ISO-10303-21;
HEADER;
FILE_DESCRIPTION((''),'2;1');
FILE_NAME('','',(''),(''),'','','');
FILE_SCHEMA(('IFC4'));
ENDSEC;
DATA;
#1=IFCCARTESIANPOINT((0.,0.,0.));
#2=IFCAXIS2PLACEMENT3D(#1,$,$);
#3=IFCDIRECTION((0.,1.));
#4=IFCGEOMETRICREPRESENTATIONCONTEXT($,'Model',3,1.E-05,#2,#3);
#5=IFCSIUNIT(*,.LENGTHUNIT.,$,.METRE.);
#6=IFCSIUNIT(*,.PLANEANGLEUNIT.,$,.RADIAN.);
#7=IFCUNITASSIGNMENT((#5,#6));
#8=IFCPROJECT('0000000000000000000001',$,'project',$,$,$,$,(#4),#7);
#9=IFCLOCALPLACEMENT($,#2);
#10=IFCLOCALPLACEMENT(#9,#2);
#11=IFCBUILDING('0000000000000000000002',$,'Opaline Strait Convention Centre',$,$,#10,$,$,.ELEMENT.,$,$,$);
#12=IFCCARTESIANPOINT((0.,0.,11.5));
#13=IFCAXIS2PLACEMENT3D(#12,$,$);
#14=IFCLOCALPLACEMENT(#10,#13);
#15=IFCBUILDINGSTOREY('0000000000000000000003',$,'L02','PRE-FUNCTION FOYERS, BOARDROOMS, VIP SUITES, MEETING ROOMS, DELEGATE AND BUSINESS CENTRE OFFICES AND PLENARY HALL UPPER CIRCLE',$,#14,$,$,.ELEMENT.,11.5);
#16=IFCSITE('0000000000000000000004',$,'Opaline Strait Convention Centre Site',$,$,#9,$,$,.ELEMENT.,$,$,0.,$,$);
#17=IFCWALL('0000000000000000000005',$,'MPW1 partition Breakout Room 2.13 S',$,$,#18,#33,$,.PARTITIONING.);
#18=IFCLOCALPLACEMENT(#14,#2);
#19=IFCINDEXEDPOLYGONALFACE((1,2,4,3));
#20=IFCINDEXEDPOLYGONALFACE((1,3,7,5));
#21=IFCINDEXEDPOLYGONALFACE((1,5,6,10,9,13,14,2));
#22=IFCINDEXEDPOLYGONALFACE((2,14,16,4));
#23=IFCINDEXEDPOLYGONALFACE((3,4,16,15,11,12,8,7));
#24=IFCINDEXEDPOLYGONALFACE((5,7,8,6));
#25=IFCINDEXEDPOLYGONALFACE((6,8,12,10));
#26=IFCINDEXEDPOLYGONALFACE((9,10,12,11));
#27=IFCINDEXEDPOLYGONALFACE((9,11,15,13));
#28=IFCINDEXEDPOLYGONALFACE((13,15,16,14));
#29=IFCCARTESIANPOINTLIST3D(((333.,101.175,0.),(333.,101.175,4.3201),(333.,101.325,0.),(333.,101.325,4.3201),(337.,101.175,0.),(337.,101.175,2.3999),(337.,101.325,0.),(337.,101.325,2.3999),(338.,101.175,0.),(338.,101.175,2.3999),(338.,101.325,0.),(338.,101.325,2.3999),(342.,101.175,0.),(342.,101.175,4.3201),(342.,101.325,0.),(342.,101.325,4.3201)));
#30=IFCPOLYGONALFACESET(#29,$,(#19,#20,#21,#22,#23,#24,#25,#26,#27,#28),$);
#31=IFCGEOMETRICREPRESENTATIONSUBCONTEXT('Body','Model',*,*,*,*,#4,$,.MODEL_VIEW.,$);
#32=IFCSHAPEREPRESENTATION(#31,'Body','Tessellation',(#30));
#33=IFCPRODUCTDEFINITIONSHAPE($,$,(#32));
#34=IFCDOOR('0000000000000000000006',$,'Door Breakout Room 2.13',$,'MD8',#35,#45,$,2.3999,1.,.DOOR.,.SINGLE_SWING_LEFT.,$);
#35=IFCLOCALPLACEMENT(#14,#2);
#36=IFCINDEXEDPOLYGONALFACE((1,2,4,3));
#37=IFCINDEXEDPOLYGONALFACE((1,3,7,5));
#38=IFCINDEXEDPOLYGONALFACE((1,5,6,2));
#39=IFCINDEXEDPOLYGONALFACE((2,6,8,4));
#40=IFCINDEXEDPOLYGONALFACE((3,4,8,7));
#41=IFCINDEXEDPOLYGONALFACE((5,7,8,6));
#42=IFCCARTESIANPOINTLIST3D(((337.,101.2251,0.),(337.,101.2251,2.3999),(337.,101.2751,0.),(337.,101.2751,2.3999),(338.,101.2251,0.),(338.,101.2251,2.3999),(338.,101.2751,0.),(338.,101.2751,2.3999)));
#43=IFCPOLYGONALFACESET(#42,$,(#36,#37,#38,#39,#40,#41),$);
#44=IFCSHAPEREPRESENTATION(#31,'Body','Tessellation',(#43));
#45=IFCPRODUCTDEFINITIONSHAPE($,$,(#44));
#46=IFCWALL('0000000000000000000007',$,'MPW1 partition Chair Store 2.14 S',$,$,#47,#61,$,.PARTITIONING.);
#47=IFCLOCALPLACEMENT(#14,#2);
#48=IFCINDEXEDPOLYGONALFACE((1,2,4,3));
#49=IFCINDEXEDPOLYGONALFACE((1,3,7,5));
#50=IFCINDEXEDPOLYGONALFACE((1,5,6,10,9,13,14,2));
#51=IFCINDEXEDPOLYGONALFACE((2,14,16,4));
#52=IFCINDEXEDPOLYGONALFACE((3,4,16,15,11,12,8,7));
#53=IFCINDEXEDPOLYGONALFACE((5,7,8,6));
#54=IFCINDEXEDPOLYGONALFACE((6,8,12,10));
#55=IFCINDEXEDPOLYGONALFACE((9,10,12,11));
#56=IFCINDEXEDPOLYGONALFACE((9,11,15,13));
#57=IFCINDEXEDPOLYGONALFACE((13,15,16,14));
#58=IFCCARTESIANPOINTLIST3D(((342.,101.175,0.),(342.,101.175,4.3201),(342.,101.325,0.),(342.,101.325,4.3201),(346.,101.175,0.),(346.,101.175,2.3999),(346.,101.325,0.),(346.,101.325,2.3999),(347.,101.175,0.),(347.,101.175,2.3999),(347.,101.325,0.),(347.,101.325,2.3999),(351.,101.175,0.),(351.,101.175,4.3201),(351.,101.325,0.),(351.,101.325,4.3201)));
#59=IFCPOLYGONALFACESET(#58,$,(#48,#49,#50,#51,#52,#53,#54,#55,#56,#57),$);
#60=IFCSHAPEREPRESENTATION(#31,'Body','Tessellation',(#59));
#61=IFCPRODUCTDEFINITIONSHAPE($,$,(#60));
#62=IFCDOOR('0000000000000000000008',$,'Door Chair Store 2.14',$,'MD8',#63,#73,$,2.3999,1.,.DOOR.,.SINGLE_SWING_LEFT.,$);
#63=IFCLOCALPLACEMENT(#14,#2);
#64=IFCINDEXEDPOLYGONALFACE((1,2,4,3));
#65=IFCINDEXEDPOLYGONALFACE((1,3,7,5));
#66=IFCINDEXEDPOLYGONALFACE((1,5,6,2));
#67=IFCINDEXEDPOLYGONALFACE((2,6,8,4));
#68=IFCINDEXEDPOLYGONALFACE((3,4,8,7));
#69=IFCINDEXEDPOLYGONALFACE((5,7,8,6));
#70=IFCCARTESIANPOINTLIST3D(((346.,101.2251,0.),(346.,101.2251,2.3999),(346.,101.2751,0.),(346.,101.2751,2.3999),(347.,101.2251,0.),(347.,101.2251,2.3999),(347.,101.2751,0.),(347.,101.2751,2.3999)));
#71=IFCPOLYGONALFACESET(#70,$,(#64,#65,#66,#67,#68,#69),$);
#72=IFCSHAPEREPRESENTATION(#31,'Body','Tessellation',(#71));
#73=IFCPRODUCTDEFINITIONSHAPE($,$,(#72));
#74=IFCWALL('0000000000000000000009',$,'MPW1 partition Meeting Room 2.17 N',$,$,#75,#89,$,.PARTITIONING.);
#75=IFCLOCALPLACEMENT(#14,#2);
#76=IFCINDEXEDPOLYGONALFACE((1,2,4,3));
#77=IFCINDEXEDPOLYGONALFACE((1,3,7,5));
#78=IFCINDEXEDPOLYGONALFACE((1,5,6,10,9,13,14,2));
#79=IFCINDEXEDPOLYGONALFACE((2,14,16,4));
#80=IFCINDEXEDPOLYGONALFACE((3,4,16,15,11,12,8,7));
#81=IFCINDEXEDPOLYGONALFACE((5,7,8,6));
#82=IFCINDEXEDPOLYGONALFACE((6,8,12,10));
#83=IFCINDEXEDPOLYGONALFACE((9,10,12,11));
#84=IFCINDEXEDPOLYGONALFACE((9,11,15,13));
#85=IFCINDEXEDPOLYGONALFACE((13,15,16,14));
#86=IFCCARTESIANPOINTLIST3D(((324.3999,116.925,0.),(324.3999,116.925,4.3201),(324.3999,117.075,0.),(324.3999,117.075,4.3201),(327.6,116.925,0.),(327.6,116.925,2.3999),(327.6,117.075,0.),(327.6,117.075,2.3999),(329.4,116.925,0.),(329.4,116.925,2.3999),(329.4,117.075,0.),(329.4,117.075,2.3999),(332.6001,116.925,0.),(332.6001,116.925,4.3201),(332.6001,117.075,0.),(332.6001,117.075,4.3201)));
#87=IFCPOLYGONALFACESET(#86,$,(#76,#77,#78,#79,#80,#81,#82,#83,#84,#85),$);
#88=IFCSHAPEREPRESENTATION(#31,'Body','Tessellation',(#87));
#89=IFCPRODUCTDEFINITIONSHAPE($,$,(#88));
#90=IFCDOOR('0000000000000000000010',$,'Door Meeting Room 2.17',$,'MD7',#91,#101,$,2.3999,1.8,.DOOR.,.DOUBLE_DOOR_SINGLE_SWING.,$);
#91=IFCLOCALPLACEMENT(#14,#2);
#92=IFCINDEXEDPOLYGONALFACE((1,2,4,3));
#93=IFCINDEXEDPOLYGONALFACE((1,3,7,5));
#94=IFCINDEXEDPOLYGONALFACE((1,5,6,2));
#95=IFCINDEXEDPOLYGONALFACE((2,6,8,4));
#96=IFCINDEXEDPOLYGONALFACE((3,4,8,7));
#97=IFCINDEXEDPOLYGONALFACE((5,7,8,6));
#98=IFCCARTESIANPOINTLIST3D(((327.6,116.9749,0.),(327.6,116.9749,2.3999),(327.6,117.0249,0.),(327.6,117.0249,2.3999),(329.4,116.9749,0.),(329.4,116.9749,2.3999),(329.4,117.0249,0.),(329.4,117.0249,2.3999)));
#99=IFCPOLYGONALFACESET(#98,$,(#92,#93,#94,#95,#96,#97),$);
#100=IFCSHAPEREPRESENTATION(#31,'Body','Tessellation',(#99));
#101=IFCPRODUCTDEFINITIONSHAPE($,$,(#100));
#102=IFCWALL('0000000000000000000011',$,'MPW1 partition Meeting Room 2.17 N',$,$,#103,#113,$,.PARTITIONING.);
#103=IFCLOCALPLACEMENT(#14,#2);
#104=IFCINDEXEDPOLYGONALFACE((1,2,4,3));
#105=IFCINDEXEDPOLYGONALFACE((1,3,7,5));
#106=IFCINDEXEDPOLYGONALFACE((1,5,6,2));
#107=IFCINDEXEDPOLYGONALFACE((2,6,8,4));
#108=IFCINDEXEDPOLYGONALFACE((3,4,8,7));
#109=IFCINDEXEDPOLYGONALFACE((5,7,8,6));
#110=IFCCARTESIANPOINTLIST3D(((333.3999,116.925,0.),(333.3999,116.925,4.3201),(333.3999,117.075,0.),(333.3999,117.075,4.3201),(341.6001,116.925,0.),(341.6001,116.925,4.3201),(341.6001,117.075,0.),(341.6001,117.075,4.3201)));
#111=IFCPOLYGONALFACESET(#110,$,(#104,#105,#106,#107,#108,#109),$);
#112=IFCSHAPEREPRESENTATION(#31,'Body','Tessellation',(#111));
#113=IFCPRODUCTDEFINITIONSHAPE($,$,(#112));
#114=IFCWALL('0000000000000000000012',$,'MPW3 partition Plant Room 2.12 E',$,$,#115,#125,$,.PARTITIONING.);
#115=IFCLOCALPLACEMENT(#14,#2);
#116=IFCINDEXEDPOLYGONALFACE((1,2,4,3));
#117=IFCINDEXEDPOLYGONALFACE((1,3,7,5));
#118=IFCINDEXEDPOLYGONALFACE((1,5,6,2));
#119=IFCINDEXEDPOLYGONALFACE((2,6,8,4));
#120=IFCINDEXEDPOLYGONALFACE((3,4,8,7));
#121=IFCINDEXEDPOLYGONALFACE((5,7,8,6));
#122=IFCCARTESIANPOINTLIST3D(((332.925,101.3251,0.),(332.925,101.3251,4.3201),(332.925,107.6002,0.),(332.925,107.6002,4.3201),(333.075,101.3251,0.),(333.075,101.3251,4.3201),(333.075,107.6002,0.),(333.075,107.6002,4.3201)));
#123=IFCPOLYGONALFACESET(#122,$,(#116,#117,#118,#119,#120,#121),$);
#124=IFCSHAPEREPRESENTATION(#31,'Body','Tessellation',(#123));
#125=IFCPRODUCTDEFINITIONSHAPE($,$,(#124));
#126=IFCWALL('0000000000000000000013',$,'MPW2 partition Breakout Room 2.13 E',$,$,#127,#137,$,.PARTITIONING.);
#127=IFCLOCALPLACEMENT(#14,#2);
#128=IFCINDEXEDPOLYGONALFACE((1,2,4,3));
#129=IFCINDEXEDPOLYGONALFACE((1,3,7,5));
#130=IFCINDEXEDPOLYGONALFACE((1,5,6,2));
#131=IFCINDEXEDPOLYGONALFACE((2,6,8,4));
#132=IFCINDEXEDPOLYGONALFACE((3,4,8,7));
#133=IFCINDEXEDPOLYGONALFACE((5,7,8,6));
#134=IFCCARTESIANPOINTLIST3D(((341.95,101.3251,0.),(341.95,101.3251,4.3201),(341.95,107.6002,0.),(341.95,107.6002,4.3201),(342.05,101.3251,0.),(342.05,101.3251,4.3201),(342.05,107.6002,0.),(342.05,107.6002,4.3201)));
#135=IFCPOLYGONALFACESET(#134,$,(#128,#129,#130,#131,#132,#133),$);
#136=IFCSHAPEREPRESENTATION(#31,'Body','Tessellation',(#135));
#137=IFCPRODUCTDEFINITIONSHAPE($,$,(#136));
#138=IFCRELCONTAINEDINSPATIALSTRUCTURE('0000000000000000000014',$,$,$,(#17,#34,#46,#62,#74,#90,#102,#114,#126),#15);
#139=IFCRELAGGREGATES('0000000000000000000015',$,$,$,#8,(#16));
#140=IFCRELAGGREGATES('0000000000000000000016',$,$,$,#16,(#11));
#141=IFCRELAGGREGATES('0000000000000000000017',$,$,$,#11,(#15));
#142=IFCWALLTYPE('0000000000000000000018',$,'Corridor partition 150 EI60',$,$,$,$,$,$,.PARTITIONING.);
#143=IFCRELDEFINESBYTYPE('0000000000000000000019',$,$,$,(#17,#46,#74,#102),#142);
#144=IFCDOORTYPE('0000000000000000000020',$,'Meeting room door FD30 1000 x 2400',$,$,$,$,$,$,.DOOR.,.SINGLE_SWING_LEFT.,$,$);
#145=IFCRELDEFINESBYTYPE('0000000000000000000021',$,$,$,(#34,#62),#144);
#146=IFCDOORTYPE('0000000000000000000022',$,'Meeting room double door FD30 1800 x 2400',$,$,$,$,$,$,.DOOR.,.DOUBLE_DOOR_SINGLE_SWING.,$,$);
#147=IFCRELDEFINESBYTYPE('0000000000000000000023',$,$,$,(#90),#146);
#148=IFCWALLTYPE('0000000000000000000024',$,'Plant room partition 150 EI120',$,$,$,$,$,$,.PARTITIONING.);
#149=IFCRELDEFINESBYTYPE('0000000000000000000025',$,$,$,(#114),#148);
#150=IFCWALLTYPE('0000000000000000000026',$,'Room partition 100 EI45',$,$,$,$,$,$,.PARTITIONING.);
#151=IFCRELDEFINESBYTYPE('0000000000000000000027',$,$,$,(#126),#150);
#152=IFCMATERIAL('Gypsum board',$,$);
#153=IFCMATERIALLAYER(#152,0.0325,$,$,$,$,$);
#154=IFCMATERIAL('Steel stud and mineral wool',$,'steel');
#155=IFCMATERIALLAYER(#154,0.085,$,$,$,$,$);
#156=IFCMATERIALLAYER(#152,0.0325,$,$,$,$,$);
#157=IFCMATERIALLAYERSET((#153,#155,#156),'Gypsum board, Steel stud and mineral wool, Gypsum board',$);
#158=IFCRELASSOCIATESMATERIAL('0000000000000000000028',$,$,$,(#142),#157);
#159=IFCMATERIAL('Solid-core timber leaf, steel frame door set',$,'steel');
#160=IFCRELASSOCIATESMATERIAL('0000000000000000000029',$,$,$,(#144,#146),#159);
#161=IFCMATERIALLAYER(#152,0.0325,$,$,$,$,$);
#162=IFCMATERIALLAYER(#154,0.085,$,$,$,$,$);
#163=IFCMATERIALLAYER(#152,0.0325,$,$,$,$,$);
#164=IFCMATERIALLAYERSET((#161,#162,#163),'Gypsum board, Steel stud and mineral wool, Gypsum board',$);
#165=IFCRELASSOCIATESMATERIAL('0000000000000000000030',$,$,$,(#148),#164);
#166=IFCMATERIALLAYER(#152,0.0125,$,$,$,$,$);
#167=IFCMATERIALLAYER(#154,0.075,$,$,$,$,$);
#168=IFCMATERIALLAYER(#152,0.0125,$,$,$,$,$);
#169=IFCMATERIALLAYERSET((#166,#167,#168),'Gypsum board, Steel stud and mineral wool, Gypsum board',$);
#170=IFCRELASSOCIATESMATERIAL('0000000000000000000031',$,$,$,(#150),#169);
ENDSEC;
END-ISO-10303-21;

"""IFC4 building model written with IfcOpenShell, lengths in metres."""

from ifc_helpers import new_model, si_unit, direction, frame, frame_2d, origin, place, context, subcontext, project, spatial, rectangle, extrude, material, layer, layer_set, type_object, element, fill, save


model = new_model("IFC4")

# Units and contexts
model_context = context("Model", 3, precision=1e-05, world=origin(), true_north=direction((0.0, 1.0)))
body_context = subcontext(model_context, "Body", "Model", "MODEL_VIEW")
ifc_project = project(units=[si_unit("LENGTHUNIT", "METRE"), si_unit("PLANEANGLEUNIT", "RADIAN")], contexts=[model_context])

# Site, building, storey
site_placement = place(None, origin())
site = spatial("IfcSite", under=ifc_project, at=site_placement, Name="Opaline Strait Convention Centre Site", CompositionType="ELEMENT", RefElevation=0.0)
building_placement = place(site_placement, origin())
building = spatial("IfcBuilding", under=site, at=building_placement, Name="Opaline Strait Convention Centre", CompositionType="ELEMENT")
storey_placement = place(building_placement, frame((0.0, 0.0, 11.5)))
storey = spatial("IfcBuildingStorey", under=building, at=storey_placement, Name="L02", Description="PRE-FUNCTION FOYERS, BOARDROOMS, VIP SUITES, MEETING ROOMS, DELEGATE AND BUSINESS CENTRE OFFICES AND PLENARY HALL UPPER CIRCLE", CompositionType="ELEMENT", Elevation=11.5)

# Shared definitions
ifc_material_1 = material(Name="Gypsum board")
ifc_material_2 = material(Name="Steel stud and mineral wool", Category="steel")

# Walls, openings, doors
ifc_layer_1 = layer(ifc_material_1, 0.0325)
ifc_layer_2 = layer(ifc_material_2, 0.085)
ifc_layer_3 = layer(ifc_material_1, 0.0325)
ifc_layer_set_1 = layer_set([ifc_layer_1, ifc_layer_2, ifc_layer_3], Name="Gypsum board, Steel stud and mineral wool, Gypsum board")
wall_type_1 = type_object("IfcWallType", Name="Corridor partition 150 EI60", PredefinedType="PARTITIONING", material=ifc_layer_set_1)
wall_1_placement = place(storey_placement, frame((333.0, 101.25, 0.0), z_axis=(0.0, 0.0, 1.0), x_axis=(1.0, 0.0, 0.0)))
wall_1 = element("IfcWall", 1, at=wall_1_placement, inside=storey, type_object=wall_type_1, Name="MPW1 partition Breakout Room 2.13 S", PredefinedType="PARTITIONING", context=body_context, shape_type="SweptSolid", body=[
    extrude(rectangle(XDim=9.0, YDim=0.1499, at=frame_2d((4.5, 0.0))), origin(), (0.0, 0.0, 1.0), 4.3201),
])
opening_1_placement = place(wall_1_placement, frame((4.0, 0.0, 0.0)))
opening_1 = element("IfcOpeningElement", 2, at=opening_1_placement, cuts=wall_1, PredefinedType="OPENING", context=body_context, shape_type="SweptSolid", body=[
    extrude(rectangle(XDim=1.0, YDim=2.3999, at=frame_2d((0.5, 1.2))), frame((0.0, 0.085, 0.0), z_axis=(0.0, -1.0, 0.0), x_axis=(1.0, 0.0, 0.0)), (0.0, 0.0, 1.0), 0.1699),
])
ifc_material_3 = material(Name="Solid-core timber leaf, steel frame door set", Category="steel")
door_type_1 = type_object("IfcDoorType", Name="Meeting room door FD30 1000 x 2400", OperationType="SINGLE_SWING_LEFT", PredefinedType="DOOR", material=ifc_material_3)
door_1_placement = place(opening_1_placement, frame((1.0, 0.0, 0.0), z_axis=(0.0, 0.0, 1.0), x_axis=(-1.0, 0.0, 0.0)))
door_1 = element("IfcDoor", 3, at=door_1_placement, inside=storey, type_object=door_type_1, Name="Door Breakout Room 2.13", ObjectType="MD8", OperationType="SINGLE_SWING_LEFT", OverallHeight=2.3999, OverallWidth=1.0, PredefinedType="DOOR", context=body_context, shape_type="SweptSolid", body=[
    extrude(rectangle(XDim=1.0, YDim=2.3999, at=frame_2d((0.5, 1.2))), frame((0.0, 0.0249, 0.0), z_axis=(0.0, -1.0, 0.0), x_axis=(1.0, 0.0, 0.0)), (0.0, 0.0, 1.0), 0.05),
])
fill(opening_1, door_1)
wall_2_placement = place(storey_placement, frame((342.0, 101.25, 0.0), z_axis=(0.0, 0.0, 1.0), x_axis=(1.0, 0.0, 0.0)))
wall_2 = element("IfcWall", 4, at=wall_2_placement, inside=storey, type_object=wall_type_1, Name="MPW1 partition Chair Store 2.14 S", PredefinedType="PARTITIONING", context=body_context, shape_type="SweptSolid", body=[
    extrude(rectangle(XDim=9.0, YDim=0.1499, at=frame_2d((4.5, 0.0))), origin(), (0.0, 0.0, 1.0), 4.3201),
])
opening_2_placement = place(wall_2_placement, frame((4.0, 0.0, 0.0)))
opening_2 = element("IfcOpeningElement", 5, at=opening_2_placement, cuts=wall_2, PredefinedType="OPENING", context=body_context, shape_type="SweptSolid", body=[
    extrude(rectangle(XDim=1.0, YDim=2.3999, at=frame_2d((0.5, 1.2))), frame((0.0, 0.085, 0.0), z_axis=(0.0, -1.0, 0.0), x_axis=(1.0, 0.0, 0.0)), (0.0, 0.0, 1.0), 0.1699),
])
door_2_placement = place(opening_2_placement, frame((1.0, 0.0, 0.0), z_axis=(0.0, 0.0, 1.0), x_axis=(-1.0, 0.0, 0.0)))
door_2 = element("IfcDoor", 6, at=door_2_placement, inside=storey, type_object=door_type_1, Name="Door Chair Store 2.14", ObjectType="MD8", OperationType="SINGLE_SWING_LEFT", OverallHeight=2.3999, OverallWidth=1.0, PredefinedType="DOOR", context=body_context, shape_type="SweptSolid", body=[
    extrude(rectangle(XDim=1.0, YDim=2.3999, at=frame_2d((0.5, 1.2))), frame((0.0, 0.0249, 0.0), z_axis=(0.0, -1.0, 0.0), x_axis=(1.0, 0.0, 0.0)), (0.0, 0.0, 1.0), 0.05),
])
fill(opening_2, door_2)
wall_3_placement = place(storey_placement, frame((324.3999, 117.0, 0.0), z_axis=(0.0, 0.0, 1.0), x_axis=(1.0, 0.0, 0.0)))
wall_3 = element("IfcWall", 7, at=wall_3_placement, inside=storey, type_object=wall_type_1, Name="MPW1 partition Meeting Room 2.17 N", PredefinedType="PARTITIONING", context=body_context, shape_type="SweptSolid", body=[
    extrude(rectangle(XDim=8.2002, YDim=0.1499, at=frame_2d((4.1001, 0.0))), origin(), (0.0, 0.0, 1.0), 4.3201),
])
opening_3_placement = place(wall_3_placement, frame((3.2002, 0.0, 0.0)))
opening_3 = element("IfcOpeningElement", 8, at=opening_3_placement, cuts=wall_3, PredefinedType="OPENING", context=body_context, shape_type="SweptSolid", body=[
    extrude(rectangle(XDim=1.8, YDim=2.3999, at=frame_2d((0.8999, 1.2))), frame((0.0, 0.085, 0.0), z_axis=(0.0, -1.0, 0.0), x_axis=(1.0, 0.0, 0.0)), (0.0, 0.0, 1.0), 0.1699),
])
door_type_2 = type_object("IfcDoorType", Name="Meeting room double door FD30 1800 x 2400", OperationType="DOUBLE_DOOR_SINGLE_SWING", PredefinedType="DOOR", material=ifc_material_3)
door_3_placement = place(opening_3_placement, origin())
door_3 = element("IfcDoor", 9, at=door_3_placement, inside=storey, type_object=door_type_2, Name="Door Meeting Room 2.17", ObjectType="MD7", OperationType="DOUBLE_DOOR_SINGLE_SWING", OverallHeight=2.3999, OverallWidth=1.8, PredefinedType="DOOR", context=body_context, shape_type="SweptSolid", body=[
    extrude(rectangle(XDim=1.8, YDim=2.3999, at=frame_2d((0.8999, 1.2))), frame((0.0, 0.0249, 0.0), z_axis=(0.0, -1.0, 0.0), x_axis=(1.0, 0.0, 0.0)), (0.0, 0.0, 1.0), 0.05),
])
fill(opening_3, door_3)

# Walls
wall_4_placement = place(storey_placement, frame((333.3999, 117.0, 0.0), z_axis=(0.0, 0.0, 1.0), x_axis=(1.0, 0.0, 0.0)))
element("IfcWall", 10, at=wall_4_placement, inside=storey, type_object=wall_type_1, Name="MPW1 partition Meeting Room 2.17 N", PredefinedType="PARTITIONING", context=body_context, shape_type="SweptSolid", body=[
    extrude(rectangle(XDim=8.2002, YDim=0.1499, at=frame_2d((4.1001, 0.0))), origin(), (0.0, 0.0, 1.0), 4.3201),
])
ifc_layer_4 = layer(ifc_material_1, 0.0325)
ifc_layer_5 = layer(ifc_material_2, 0.085)
ifc_layer_6 = layer(ifc_material_1, 0.0325)
ifc_layer_set_2 = layer_set([ifc_layer_4, ifc_layer_5, ifc_layer_6], Name="Gypsum board, Steel stud and mineral wool, Gypsum board")
wall_type_2 = type_object("IfcWallType", Name="Plant room partition 150 EI120", PredefinedType="PARTITIONING", material=ifc_layer_set_2)
wall_5_placement = place(storey_placement, frame((333.0, 101.325, 0.0), z_axis=(0.0, 0.0, 1.0), x_axis=(0.0, 1.0, 0.0)))
element("IfcWall", 11, at=wall_5_placement, inside=storey, type_object=wall_type_2, Name="MPW3 partition Plant Room 2.12 E", PredefinedType="PARTITIONING", context=body_context, shape_type="SweptSolid", body=[
    extrude(rectangle(XDim=6.2751, YDim=0.1499, at=frame_2d((3.1377, 0.0))), origin(), (0.0, 0.0, 1.0), 4.3201),
])
ifc_layer_7 = layer(ifc_material_1, 0.0125)
ifc_layer_8 = layer(ifc_material_2, 0.075)
ifc_layer_9 = layer(ifc_material_1, 0.0125)
ifc_layer_set_3 = layer_set([ifc_layer_7, ifc_layer_8, ifc_layer_9], Name="Gypsum board, Steel stud and mineral wool, Gypsum board")
wall_type_3 = type_object("IfcWallType", Name="Room partition 100 EI45", PredefinedType="PARTITIONING", material=ifc_layer_set_3)
wall_6_placement = place(storey_placement, frame((342.0, 101.325, 0.0), z_axis=(0.0, 0.0, 1.0), x_axis=(0.0, 1.0, 0.0)))
element("IfcWall", 12, at=wall_6_placement, inside=storey, type_object=wall_type_3, Name="MPW2 partition Breakout Room 2.13 E", PredefinedType="PARTITIONING", context=body_context, shape_type="SweptSolid", body=[
    extrude(rectangle(XDim=6.2751, YDim=0.1001, at=frame_2d((3.1377, 0.0))), origin(), (0.0, 0.0, 1.0), 4.3201),
])

save(model, "model.ifc")
